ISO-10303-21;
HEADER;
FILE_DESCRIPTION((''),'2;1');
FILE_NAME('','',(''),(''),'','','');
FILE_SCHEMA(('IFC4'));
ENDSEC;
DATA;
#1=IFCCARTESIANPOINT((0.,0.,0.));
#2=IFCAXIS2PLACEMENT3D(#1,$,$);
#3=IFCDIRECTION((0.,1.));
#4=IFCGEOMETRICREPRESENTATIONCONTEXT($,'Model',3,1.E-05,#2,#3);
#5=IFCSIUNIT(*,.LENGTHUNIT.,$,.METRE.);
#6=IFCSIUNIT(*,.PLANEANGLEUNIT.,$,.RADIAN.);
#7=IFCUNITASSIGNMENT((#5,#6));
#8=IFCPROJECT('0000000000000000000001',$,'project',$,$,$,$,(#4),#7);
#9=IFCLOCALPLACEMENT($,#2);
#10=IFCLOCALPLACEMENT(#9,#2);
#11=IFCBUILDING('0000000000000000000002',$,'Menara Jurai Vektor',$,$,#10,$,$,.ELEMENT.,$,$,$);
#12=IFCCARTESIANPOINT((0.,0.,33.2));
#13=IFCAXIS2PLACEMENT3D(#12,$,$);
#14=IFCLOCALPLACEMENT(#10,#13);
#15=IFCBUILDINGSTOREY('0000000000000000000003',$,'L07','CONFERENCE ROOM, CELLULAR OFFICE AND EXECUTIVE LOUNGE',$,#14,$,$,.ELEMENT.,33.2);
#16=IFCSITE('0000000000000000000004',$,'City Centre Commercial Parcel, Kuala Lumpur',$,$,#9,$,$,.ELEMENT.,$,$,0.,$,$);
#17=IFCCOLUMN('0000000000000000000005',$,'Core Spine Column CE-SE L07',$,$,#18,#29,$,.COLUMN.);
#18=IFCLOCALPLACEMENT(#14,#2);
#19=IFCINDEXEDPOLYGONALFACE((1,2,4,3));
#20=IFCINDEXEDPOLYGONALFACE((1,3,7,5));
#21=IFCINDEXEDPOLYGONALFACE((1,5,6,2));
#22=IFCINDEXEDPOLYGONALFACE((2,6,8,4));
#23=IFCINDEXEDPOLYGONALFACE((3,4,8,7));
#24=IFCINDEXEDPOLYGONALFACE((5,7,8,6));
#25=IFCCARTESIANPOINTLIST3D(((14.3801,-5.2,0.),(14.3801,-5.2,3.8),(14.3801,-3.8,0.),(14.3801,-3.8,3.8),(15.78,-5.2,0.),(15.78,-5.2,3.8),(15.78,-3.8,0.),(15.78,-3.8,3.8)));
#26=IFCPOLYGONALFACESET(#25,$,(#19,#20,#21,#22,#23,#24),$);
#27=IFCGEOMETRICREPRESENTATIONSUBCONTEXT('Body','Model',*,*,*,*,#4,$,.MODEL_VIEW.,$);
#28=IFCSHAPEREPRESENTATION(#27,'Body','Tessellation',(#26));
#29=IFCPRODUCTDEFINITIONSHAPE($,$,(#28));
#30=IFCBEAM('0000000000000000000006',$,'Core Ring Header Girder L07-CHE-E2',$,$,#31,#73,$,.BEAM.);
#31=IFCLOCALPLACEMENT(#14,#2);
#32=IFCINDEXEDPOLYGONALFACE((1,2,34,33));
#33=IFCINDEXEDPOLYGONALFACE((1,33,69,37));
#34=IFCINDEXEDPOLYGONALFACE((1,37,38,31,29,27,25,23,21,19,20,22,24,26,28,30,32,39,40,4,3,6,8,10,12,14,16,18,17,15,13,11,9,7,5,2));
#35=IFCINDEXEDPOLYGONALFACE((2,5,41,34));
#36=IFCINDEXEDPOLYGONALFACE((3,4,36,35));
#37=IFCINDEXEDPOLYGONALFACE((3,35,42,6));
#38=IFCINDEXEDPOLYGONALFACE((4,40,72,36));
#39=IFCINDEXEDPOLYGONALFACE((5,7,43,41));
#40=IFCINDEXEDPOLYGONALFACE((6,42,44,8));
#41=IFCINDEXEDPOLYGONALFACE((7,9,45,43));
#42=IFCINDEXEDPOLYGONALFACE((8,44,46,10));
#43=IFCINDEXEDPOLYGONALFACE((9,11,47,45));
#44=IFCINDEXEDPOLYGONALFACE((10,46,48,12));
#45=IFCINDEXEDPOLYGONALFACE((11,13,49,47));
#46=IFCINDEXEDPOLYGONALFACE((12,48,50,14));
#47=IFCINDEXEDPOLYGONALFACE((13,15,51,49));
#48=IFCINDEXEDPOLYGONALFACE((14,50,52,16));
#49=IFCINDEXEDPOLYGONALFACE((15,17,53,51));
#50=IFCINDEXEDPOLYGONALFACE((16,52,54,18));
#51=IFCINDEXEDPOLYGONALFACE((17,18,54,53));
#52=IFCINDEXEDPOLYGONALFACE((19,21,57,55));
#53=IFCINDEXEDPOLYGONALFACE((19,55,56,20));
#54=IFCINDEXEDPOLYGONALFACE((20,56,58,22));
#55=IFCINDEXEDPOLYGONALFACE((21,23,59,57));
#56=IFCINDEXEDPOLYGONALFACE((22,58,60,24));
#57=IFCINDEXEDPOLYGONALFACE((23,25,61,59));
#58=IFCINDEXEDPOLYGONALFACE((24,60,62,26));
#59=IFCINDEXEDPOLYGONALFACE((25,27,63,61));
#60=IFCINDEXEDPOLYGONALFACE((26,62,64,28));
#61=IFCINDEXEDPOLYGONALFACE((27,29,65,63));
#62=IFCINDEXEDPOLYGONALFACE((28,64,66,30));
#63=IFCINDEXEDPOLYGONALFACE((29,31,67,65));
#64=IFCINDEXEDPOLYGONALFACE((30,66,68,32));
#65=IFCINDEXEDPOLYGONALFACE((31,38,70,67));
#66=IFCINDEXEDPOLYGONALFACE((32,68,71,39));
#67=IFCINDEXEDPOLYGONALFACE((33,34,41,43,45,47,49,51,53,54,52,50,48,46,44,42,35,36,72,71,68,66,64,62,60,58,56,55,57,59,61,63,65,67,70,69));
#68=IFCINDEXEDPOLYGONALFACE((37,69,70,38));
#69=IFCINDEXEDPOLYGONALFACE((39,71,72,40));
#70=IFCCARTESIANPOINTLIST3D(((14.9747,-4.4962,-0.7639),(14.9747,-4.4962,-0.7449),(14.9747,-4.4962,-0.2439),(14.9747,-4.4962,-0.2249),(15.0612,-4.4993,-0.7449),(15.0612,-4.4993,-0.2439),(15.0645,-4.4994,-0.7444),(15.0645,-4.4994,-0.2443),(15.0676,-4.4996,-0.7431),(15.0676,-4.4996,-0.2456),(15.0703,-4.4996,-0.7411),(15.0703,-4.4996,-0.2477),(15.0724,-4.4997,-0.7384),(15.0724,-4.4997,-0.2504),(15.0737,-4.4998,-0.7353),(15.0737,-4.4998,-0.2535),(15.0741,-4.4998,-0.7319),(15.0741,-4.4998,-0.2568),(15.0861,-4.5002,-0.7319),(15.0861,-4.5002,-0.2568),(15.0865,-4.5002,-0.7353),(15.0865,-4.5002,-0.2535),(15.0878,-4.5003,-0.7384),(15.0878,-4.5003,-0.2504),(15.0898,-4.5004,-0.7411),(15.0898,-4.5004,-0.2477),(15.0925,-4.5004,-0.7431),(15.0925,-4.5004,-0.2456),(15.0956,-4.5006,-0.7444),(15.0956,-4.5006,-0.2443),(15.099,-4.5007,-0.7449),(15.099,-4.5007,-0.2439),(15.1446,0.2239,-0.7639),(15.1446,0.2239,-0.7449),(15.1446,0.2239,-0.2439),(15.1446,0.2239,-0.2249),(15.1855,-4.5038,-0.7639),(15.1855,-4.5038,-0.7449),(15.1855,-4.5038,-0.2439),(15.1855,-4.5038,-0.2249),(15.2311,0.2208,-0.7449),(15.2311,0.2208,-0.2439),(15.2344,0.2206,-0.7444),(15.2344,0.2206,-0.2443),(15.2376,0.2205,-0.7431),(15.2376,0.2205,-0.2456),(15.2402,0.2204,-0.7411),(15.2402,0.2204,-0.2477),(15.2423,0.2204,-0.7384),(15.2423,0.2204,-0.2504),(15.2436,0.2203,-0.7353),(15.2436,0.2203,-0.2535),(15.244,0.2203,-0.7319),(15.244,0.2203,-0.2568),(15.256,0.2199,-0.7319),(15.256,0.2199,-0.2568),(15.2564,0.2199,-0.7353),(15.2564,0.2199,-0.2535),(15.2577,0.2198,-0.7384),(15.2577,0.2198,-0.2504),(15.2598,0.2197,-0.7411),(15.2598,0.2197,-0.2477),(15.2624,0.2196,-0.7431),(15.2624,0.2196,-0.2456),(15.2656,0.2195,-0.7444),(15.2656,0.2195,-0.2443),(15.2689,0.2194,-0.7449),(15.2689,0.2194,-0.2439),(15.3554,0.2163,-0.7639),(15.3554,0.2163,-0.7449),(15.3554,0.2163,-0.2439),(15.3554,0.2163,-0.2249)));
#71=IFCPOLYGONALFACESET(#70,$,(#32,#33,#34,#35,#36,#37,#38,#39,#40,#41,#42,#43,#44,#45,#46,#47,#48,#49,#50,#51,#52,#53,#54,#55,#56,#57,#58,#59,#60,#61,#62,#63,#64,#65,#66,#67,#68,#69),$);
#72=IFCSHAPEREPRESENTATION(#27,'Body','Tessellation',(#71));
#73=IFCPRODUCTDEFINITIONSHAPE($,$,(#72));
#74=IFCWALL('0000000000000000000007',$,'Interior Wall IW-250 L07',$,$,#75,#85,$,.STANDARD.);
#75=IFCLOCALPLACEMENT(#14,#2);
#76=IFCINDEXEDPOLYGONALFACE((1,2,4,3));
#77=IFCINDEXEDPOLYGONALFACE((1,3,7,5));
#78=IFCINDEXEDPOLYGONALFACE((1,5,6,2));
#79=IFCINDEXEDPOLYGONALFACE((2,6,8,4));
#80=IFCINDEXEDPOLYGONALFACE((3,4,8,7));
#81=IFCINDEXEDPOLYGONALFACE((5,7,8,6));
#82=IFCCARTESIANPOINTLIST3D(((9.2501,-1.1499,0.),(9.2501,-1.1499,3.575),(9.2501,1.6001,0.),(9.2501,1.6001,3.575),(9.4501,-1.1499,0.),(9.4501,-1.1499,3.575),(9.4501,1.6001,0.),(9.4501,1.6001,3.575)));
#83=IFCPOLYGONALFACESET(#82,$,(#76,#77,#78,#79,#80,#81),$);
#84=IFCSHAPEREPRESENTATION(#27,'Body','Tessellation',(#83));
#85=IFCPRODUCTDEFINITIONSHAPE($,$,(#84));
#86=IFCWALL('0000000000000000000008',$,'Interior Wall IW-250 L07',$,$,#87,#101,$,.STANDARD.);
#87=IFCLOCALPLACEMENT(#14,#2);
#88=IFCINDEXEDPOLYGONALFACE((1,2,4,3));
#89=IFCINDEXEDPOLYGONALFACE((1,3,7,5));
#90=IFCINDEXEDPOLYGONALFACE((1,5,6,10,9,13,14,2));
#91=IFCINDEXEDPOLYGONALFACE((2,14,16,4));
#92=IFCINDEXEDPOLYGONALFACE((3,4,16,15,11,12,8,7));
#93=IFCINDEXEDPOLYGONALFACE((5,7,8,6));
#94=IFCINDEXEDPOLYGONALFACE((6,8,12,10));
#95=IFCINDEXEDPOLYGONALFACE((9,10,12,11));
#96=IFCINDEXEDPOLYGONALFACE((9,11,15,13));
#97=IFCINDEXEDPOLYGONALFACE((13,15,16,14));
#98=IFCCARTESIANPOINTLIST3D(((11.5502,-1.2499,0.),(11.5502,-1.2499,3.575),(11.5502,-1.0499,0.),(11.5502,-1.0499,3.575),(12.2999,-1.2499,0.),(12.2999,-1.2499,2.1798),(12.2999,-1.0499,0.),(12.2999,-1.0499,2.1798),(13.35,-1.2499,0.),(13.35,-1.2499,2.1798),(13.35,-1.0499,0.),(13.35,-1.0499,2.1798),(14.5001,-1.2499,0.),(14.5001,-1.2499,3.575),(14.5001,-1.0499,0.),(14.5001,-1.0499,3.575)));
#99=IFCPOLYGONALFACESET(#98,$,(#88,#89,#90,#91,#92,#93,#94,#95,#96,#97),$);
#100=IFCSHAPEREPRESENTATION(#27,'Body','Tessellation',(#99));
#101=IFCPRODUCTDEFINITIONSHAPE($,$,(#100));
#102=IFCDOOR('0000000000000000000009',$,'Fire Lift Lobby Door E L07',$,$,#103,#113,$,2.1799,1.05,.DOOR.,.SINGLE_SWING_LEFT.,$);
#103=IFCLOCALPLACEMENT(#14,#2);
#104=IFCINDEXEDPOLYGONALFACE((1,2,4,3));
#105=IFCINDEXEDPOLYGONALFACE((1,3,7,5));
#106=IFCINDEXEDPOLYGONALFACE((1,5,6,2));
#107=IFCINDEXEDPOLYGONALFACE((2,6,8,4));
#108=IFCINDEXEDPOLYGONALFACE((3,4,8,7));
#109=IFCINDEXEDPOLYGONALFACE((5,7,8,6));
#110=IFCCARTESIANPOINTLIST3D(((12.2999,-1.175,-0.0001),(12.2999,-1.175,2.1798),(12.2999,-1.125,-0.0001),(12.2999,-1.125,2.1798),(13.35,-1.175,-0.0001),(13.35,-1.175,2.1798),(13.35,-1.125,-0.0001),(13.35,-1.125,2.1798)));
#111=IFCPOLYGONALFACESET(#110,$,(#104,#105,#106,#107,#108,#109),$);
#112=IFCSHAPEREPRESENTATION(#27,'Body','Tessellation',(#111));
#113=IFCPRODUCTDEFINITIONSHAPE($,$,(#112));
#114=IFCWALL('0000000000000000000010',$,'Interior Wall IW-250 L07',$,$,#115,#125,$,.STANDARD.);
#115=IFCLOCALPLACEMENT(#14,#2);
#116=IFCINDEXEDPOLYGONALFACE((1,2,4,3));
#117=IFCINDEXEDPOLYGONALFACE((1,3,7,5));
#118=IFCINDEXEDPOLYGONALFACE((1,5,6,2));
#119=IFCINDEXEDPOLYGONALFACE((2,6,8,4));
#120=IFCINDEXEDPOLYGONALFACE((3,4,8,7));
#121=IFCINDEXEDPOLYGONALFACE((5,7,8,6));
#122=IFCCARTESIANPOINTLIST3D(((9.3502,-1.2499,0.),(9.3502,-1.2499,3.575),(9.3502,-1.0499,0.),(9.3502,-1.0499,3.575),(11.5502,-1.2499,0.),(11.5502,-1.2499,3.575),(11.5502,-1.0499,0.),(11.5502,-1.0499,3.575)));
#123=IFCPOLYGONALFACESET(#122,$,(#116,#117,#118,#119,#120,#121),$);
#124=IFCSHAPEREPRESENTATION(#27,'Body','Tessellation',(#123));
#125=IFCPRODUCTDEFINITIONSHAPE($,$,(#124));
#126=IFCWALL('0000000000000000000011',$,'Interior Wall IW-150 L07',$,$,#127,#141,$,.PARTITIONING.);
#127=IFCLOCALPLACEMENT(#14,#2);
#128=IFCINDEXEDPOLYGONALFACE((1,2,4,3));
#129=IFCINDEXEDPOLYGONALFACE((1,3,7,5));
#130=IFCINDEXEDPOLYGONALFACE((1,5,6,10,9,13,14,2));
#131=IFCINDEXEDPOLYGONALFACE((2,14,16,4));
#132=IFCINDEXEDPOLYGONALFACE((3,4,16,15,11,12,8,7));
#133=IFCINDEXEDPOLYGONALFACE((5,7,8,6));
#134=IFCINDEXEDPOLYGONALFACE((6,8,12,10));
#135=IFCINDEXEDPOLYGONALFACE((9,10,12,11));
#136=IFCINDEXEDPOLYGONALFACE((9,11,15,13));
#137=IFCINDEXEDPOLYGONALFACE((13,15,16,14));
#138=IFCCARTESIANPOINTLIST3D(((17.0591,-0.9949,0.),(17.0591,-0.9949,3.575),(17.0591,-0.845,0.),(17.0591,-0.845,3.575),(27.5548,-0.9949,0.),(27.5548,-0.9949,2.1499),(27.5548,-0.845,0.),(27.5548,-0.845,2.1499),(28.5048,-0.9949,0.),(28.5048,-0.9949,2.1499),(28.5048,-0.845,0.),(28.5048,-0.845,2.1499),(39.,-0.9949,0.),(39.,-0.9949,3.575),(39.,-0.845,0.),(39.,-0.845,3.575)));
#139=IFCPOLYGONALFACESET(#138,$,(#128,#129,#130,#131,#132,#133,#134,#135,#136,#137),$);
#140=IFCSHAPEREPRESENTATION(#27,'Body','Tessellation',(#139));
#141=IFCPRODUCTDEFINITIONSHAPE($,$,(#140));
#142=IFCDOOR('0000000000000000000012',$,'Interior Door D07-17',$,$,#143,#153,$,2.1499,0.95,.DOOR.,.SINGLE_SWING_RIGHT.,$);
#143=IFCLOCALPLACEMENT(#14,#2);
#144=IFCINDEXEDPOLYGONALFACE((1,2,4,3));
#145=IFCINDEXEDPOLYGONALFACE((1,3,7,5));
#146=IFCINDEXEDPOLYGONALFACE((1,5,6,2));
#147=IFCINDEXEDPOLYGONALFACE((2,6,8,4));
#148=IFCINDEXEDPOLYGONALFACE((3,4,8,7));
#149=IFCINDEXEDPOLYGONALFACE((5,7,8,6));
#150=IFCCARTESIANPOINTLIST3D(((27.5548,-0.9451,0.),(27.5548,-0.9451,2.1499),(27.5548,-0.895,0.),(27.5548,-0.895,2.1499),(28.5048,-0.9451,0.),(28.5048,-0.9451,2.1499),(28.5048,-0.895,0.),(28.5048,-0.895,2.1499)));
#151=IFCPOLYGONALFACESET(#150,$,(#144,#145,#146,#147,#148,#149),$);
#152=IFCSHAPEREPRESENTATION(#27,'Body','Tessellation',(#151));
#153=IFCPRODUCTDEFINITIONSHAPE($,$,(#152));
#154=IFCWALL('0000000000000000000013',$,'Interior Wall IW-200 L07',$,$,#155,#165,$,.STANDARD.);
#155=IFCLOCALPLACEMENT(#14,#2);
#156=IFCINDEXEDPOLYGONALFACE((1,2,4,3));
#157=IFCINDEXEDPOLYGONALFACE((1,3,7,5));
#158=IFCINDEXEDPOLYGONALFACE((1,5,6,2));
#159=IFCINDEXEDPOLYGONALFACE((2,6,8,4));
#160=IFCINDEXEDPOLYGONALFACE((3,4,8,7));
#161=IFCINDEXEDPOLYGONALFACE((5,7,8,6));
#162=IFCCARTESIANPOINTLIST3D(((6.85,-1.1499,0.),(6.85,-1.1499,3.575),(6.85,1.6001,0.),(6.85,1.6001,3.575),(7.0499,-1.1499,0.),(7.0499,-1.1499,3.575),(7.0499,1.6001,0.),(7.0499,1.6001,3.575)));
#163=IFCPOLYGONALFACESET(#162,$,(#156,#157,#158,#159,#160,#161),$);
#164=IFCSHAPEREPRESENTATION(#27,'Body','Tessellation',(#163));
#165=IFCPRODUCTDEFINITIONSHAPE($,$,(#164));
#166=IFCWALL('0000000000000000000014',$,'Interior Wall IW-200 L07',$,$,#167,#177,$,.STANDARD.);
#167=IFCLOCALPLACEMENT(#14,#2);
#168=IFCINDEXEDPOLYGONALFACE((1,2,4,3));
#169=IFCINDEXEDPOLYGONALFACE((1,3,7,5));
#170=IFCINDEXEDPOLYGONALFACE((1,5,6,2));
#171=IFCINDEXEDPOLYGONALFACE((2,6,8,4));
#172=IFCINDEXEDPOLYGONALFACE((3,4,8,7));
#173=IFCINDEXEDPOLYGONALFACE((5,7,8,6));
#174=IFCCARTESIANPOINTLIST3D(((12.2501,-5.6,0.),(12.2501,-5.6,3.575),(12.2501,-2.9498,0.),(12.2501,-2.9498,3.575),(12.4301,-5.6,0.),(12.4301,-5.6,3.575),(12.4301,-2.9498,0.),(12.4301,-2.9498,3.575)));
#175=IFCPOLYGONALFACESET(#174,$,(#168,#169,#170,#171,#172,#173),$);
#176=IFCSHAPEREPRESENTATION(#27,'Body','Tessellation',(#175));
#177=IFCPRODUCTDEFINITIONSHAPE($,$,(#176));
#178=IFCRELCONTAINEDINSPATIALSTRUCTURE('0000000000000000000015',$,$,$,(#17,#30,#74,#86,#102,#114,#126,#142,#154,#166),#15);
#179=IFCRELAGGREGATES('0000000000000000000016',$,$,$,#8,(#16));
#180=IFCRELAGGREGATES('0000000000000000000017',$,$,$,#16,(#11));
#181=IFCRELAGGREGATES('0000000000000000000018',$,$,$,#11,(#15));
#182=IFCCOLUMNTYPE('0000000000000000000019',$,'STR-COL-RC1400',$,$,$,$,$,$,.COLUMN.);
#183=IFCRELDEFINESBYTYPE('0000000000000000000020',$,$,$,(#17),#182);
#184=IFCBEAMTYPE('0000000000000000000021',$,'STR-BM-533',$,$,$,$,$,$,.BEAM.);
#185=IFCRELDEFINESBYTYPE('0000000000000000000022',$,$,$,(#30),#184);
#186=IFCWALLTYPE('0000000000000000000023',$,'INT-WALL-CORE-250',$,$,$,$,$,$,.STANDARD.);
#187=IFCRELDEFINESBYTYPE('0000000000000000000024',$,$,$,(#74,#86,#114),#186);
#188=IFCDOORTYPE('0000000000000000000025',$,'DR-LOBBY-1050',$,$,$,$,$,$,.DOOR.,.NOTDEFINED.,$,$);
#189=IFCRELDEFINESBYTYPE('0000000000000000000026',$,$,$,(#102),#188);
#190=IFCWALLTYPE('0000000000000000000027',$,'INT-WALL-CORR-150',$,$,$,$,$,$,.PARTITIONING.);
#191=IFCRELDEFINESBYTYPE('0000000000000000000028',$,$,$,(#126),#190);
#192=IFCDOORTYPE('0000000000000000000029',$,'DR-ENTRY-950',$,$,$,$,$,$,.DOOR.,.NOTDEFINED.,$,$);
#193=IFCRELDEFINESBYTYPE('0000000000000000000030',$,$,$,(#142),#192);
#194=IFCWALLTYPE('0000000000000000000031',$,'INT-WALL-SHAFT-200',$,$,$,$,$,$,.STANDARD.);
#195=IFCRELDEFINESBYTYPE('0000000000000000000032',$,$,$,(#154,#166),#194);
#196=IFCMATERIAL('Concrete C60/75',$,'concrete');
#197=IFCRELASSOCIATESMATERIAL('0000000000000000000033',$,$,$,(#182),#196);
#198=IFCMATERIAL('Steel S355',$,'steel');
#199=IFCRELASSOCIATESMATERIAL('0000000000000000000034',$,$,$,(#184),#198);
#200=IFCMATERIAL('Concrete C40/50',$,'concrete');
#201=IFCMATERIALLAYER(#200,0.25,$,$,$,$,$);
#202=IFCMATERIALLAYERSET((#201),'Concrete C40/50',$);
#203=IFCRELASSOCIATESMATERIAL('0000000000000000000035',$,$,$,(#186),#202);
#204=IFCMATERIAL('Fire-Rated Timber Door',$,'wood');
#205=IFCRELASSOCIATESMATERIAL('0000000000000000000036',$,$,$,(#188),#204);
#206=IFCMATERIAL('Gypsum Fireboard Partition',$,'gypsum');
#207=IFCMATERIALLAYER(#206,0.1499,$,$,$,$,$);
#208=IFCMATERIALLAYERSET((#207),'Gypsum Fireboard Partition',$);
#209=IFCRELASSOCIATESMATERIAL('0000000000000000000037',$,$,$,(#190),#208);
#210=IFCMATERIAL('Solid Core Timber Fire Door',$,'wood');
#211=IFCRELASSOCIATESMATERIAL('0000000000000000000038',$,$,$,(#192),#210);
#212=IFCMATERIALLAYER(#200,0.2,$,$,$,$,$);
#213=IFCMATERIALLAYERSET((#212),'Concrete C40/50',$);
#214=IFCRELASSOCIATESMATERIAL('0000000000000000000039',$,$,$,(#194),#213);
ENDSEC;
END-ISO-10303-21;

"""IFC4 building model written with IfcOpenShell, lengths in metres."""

from ifc_helpers import new_model, si_unit, direction, frame, frame_2d, origin, origin_2d, place, context, subcontext, project, spatial, rectangle, i_section, extrude, material, layer, layer_set, material_profile, profile_set, type_object, element, fill, save


model = new_model("IFC4")

# Units and contexts
model_context = context("Model", 3, precision=1e-05, world=origin(), true_north=direction((0.0, 1.0)))
body_context = subcontext(model_context, "Body", "Model", "MODEL_VIEW")
ifc_project = project(units=[si_unit("LENGTHUNIT", "METRE"), si_unit("PLANEANGLEUNIT", "RADIAN")], contexts=[model_context])

# Site, building, storey
site_placement = place(None, origin())
site = spatial("IfcSite", under=ifc_project, at=site_placement, Name="City Centre Commercial Parcel, Kuala Lumpur", CompositionType="ELEMENT", RefElevation=0.0)
building_placement = place(site_placement, origin())
building = spatial("IfcBuilding", under=site, at=building_placement, Name="Menara Jurai Vektor", CompositionType="ELEMENT")
storey_placement = place(building_placement, frame((0.0, 0.0, 33.2)))
storey = spatial("IfcBuildingStorey", under=building, at=storey_placement, Name="L07", Description="CONFERENCE ROOM, CELLULAR OFFICE AND EXECUTIVE LOUNGE", CompositionType="ELEMENT", Elevation=33.2)

# Column
ifc_material_1 = material(Name="Concrete C60/75", Category="concrete")
ifc_material_profile_1 = material_profile(ifc_material_1, rectangle(XDim=1.3999, YDim=1.3999, at=origin_2d()), Name="RC 1400x1400")
ifc_profile_set_1 = profile_set([ifc_material_profile_1], Name="Concrete C60/75")
column_type = type_object("IfcColumnType", Name="STR-COL-RC1400", PredefinedType="COLUMN", material=ifc_profile_set_1)
column_placement = place(storey_placement, frame((15.0801, -4.5, 0.0), z_axis=(0.0, 0.0, 1.0), x_axis=(1.0, 0.0, 0.0)))
element("IfcColumn", 1, at=column_placement, inside=storey, type_object=column_type, Name="Core Spine Column CE-SE L07", PredefinedType="COLUMN", context=body_context, shape_type="SweptSolid", body=[
    extrude(rectangle(XDim=1.3999, YDim=1.3999, at=origin_2d()), origin(), (0.0, 0.0, 1.0), 3.8),
])

# Beam
ifc_material_2 = material(Name="Steel S355", Category="steel")
ifc_material_profile_2 = material_profile(ifc_material_2, i_section(OverallWidth=0.2109, OverallDepth=0.5391, WebThickness=0.012, FlangeThickness=0.019, FilletRadius=0.0129, at=origin_2d()), Name="UKB 533x210x109")
ifc_profile_set_2 = profile_set([ifc_material_profile_2], Name="Steel S355")
beam_type = type_object("IfcBeamType", Name="STR-BM-533", PredefinedType="BEAM", material=ifc_profile_set_2)
beam_placement = place(storey_placement, frame((15.0801, -4.5, -0.4944), z_axis=(0.035977, 0.999353, 0.0), x_axis=(-0.999353, 0.035977, 0.0)))
element("IfcBeam", 2, at=beam_placement, inside=storey, type_object=beam_type, Name="Core Ring Header Girder L07-CHE-E2", PredefinedType="BEAM", context=body_context, shape_type="SweptSolid", body=[
    extrude(i_section(OverallWidth=0.2109, OverallDepth=0.5391, WebThickness=0.012, FlangeThickness=0.019, FilletRadius=0.0129, at=origin_2d()), origin(), (0.0, 0.0, 1.0), 4.7231),
])

# Shared definitions
ifc_material_3 = material(Name="Concrete C40/50", Category="concrete")
ifc_layer_1 = layer(ifc_material_3, 0.25)
ifc_layer_set_1 = layer_set([ifc_layer_1], Name="Concrete C40/50")
wall_type_1 = type_object("IfcWallType", Name="INT-WALL-CORE-250", PredefinedType="STANDARD", material=ifc_layer_set_1)

# Wall
wall_1_placement = place(storey_placement, frame((9.3501, -1.1499, 0.0), z_axis=(0.0, 0.0, 1.0), x_axis=(0.0, 1.0, 0.0)))
element("IfcWall", 3, at=wall_1_placement, inside=storey, type_object=wall_type_1, Name="Interior Wall IW-250 L07", PredefinedType="STANDARD", context=body_context, shape_type="SweptSolid", body=[
    extrude(rectangle(XDim=2.75, YDim=0.2, at=frame_2d((1.375, 0.0))), origin(), (0.0, 0.0, 1.0), 3.575),
])

# Wall, opening, door
wall_2_placement = place(storey_placement, frame((11.55, -1.1499, 0.0), z_axis=(0.0, 0.0, 1.0), x_axis=(1.0, 0.0, 0.0)))
wall_2 = element("IfcWall", 4, at=wall_2_placement, inside=storey, type_object=wall_type_1, Name="Interior Wall IW-250 L07", PredefinedType="STANDARD", context=body_context, shape_type="SweptSolid", body=[
    extrude(rectangle(XDim=2.95, YDim=0.2, at=frame_2d((1.4751, 0.0))), origin(), (0.0, 0.0, 1.0), 3.575),
])
opening_1_placement = place(wall_2_placement, frame((0.75, 0.0, 0.0)))
opening_1 = element("IfcOpeningElement", 5, at=opening_1_placement, cuts=wall_2, PredefinedType="OPENING", context=body_context, shape_type="SweptSolid", body=[
    extrude(rectangle(XDim=1.05, YDim=2.1799, at=frame_2d((0.5249, 1.0898))), frame((0.0, 0.1099, 0.0), z_axis=(0.0, -1.0, 0.0), x_axis=(1.0, 0.0, 0.0)), (0.0, 0.0, 1.0), 0.22),
])
ifc_material_4 = material(Name="Fire-Rated Timber Door", Category="wood")
door_type_1 = type_object("IfcDoorType", Name="DR-LOBBY-1050", OperationType="NOTDEFINED", PredefinedType="DOOR", material=ifc_material_4)
door_1_placement = place(opening_1_placement, origin())
door_1 = element("IfcDoor", 6, at=door_1_placement, inside=storey, type_object=door_type_1, Name="Fire Lift Lobby Door E L07", OperationType="SINGLE_SWING_LEFT", OverallHeight=2.1799, OverallWidth=1.05, PredefinedType="DOOR", context=body_context, shape_type="SweptSolid", body=[
    extrude(rectangle(XDim=1.05, YDim=2.1799, at=frame_2d((0.5249, 1.0898))), frame((0.0, 0.0249, 0.0), z_axis=(0.0, -1.0, 0.0), x_axis=(1.0, 0.0, 0.0)), (0.0, 0.0, 1.0), 0.05),
])
fill(opening_1, door_1)

# Wall
wall_3_placement = place(storey_placement, frame((9.3501, -1.1499, 0.0), z_axis=(0.0, 0.0, 1.0), x_axis=(1.0, 0.0, 0.0)))
element("IfcWall", 7, at=wall_3_placement, inside=storey, type_object=wall_type_1, Name="Interior Wall IW-250 L07", PredefinedType="STANDARD", context=body_context, shape_type="SweptSolid", body=[
    extrude(rectangle(XDim=2.2, YDim=0.2, at=frame_2d((1.1001, 0.0))), origin(), (0.0, 0.0, 1.0), 3.575),
])

# Wall, opening, door
ifc_material_5 = material(Name="Gypsum Fireboard Partition", Category="gypsum")
ifc_layer_2 = layer(ifc_material_5, 0.1499)
ifc_layer_set_2 = layer_set([ifc_layer_2], Name="Gypsum Fireboard Partition")
wall_type_2 = type_object("IfcWallType", Name="INT-WALL-CORR-150", PredefinedType="PARTITIONING", material=ifc_layer_set_2)
wall_4_placement = place(storey_placement, frame((17.0591, -0.9199, 0.0), z_axis=(0.0, 0.0, 1.0), x_axis=(1.0, 0.0, 0.0)))
wall_4 = element("IfcWall", 8, at=wall_4_placement, inside=storey, type_object=wall_type_2, Name="Interior Wall IW-150 L07", PredefinedType="PARTITIONING", context=body_context, shape_type="SweptSolid", body=[
    extrude(rectangle(XDim=21.9409, YDim=0.1499, at=frame_2d((10.9705, 0.0))), origin(), (0.0, 0.0, 1.0), 3.575),
])
opening_2_placement = place(wall_4_placement, frame((10.4956, 0.0, 0.0)))
opening_2 = element("IfcOpeningElement", 9, at=opening_2_placement, cuts=wall_4, PredefinedType="OPENING", context=body_context, shape_type="SweptSolid", body=[
    extrude(rectangle(XDim=0.95, YDim=2.1499, at=frame_2d((0.4751, 1.075))), frame((0.0, 0.085, 0.0), z_axis=(0.0, -1.0, 0.0), x_axis=(1.0, 0.0, 0.0)), (0.0, 0.0, 1.0), 0.1699),
])
ifc_material_6 = material(Name="Solid Core Timber Fire Door", Category="wood")
door_type_2 = type_object("IfcDoorType", Name="DR-ENTRY-950", OperationType="NOTDEFINED", PredefinedType="DOOR", material=ifc_material_6)
door_2_placement = place(opening_2_placement, origin())
door_2 = element("IfcDoor", 10, at=door_2_placement, inside=storey, type_object=door_type_2, Name="Interior Door D07-17", OperationType="SINGLE_SWING_RIGHT", OverallHeight=2.1499, OverallWidth=0.95, PredefinedType="DOOR", context=body_context, shape_type="SweptSolid", body=[
    extrude(rectangle(XDim=0.95, YDim=2.1499, at=frame_2d((0.4751, 1.075))), frame((0.0, 0.0249, 0.0), z_axis=(0.0, -1.0, 0.0), x_axis=(1.0, 0.0, 0.0)), (0.0, 0.0, 1.0), 0.05),
])
fill(opening_2, door_2)

# Wall
ifc_layer_3 = layer(ifc_material_3, 0.2)
ifc_layer_set_3 = layer_set([ifc_layer_3], Name="Concrete C40/50")
wall_type_3 = type_object("IfcWallType", Name="INT-WALL-SHAFT-200", PredefinedType="STANDARD", material=ifc_layer_set_3)
wall_5_placement = place(storey_placement, frame((6.95, -1.1499, 0.0), z_axis=(0.0, 0.0, 1.0), x_axis=(0.0, 1.0, 0.0)))
element("IfcWall", 11, at=wall_5_placement, inside=storey, type_object=wall_type_3, Name="Interior Wall IW-200 L07", PredefinedType="STANDARD", context=body_context, shape_type="SweptSolid", body=[
    extrude(rectangle(XDim=2.75, YDim=0.2, at=frame_2d((1.375, 0.0))), origin(), (0.0, 0.0, 1.0), 3.575),
])

# Wall
for number, where, z_axis, x_axis, name in (
    (12, (12.3401, -5.6001, 0.0), (0.0, 0.0, 1.0), (0.0, 1.0, 0.0), "Interior Wall IW-200 L07"),
):
    element("IfcWall", number, at=place(storey_placement, frame(where, z_axis=z_axis, x_axis=x_axis)), inside=storey, type_object=wall_type_3, Name=name, PredefinedType="STANDARD", context=body_context, shape_type="SweptSolid", body=[
        extrude(rectangle(XDim=2.6501, YDim=0.1799, at=frame_2d((1.3252, 0.0))), origin(), (0.0, 0.0, 1.0), 3.575),
    ])

save(model, "model.ifc")
